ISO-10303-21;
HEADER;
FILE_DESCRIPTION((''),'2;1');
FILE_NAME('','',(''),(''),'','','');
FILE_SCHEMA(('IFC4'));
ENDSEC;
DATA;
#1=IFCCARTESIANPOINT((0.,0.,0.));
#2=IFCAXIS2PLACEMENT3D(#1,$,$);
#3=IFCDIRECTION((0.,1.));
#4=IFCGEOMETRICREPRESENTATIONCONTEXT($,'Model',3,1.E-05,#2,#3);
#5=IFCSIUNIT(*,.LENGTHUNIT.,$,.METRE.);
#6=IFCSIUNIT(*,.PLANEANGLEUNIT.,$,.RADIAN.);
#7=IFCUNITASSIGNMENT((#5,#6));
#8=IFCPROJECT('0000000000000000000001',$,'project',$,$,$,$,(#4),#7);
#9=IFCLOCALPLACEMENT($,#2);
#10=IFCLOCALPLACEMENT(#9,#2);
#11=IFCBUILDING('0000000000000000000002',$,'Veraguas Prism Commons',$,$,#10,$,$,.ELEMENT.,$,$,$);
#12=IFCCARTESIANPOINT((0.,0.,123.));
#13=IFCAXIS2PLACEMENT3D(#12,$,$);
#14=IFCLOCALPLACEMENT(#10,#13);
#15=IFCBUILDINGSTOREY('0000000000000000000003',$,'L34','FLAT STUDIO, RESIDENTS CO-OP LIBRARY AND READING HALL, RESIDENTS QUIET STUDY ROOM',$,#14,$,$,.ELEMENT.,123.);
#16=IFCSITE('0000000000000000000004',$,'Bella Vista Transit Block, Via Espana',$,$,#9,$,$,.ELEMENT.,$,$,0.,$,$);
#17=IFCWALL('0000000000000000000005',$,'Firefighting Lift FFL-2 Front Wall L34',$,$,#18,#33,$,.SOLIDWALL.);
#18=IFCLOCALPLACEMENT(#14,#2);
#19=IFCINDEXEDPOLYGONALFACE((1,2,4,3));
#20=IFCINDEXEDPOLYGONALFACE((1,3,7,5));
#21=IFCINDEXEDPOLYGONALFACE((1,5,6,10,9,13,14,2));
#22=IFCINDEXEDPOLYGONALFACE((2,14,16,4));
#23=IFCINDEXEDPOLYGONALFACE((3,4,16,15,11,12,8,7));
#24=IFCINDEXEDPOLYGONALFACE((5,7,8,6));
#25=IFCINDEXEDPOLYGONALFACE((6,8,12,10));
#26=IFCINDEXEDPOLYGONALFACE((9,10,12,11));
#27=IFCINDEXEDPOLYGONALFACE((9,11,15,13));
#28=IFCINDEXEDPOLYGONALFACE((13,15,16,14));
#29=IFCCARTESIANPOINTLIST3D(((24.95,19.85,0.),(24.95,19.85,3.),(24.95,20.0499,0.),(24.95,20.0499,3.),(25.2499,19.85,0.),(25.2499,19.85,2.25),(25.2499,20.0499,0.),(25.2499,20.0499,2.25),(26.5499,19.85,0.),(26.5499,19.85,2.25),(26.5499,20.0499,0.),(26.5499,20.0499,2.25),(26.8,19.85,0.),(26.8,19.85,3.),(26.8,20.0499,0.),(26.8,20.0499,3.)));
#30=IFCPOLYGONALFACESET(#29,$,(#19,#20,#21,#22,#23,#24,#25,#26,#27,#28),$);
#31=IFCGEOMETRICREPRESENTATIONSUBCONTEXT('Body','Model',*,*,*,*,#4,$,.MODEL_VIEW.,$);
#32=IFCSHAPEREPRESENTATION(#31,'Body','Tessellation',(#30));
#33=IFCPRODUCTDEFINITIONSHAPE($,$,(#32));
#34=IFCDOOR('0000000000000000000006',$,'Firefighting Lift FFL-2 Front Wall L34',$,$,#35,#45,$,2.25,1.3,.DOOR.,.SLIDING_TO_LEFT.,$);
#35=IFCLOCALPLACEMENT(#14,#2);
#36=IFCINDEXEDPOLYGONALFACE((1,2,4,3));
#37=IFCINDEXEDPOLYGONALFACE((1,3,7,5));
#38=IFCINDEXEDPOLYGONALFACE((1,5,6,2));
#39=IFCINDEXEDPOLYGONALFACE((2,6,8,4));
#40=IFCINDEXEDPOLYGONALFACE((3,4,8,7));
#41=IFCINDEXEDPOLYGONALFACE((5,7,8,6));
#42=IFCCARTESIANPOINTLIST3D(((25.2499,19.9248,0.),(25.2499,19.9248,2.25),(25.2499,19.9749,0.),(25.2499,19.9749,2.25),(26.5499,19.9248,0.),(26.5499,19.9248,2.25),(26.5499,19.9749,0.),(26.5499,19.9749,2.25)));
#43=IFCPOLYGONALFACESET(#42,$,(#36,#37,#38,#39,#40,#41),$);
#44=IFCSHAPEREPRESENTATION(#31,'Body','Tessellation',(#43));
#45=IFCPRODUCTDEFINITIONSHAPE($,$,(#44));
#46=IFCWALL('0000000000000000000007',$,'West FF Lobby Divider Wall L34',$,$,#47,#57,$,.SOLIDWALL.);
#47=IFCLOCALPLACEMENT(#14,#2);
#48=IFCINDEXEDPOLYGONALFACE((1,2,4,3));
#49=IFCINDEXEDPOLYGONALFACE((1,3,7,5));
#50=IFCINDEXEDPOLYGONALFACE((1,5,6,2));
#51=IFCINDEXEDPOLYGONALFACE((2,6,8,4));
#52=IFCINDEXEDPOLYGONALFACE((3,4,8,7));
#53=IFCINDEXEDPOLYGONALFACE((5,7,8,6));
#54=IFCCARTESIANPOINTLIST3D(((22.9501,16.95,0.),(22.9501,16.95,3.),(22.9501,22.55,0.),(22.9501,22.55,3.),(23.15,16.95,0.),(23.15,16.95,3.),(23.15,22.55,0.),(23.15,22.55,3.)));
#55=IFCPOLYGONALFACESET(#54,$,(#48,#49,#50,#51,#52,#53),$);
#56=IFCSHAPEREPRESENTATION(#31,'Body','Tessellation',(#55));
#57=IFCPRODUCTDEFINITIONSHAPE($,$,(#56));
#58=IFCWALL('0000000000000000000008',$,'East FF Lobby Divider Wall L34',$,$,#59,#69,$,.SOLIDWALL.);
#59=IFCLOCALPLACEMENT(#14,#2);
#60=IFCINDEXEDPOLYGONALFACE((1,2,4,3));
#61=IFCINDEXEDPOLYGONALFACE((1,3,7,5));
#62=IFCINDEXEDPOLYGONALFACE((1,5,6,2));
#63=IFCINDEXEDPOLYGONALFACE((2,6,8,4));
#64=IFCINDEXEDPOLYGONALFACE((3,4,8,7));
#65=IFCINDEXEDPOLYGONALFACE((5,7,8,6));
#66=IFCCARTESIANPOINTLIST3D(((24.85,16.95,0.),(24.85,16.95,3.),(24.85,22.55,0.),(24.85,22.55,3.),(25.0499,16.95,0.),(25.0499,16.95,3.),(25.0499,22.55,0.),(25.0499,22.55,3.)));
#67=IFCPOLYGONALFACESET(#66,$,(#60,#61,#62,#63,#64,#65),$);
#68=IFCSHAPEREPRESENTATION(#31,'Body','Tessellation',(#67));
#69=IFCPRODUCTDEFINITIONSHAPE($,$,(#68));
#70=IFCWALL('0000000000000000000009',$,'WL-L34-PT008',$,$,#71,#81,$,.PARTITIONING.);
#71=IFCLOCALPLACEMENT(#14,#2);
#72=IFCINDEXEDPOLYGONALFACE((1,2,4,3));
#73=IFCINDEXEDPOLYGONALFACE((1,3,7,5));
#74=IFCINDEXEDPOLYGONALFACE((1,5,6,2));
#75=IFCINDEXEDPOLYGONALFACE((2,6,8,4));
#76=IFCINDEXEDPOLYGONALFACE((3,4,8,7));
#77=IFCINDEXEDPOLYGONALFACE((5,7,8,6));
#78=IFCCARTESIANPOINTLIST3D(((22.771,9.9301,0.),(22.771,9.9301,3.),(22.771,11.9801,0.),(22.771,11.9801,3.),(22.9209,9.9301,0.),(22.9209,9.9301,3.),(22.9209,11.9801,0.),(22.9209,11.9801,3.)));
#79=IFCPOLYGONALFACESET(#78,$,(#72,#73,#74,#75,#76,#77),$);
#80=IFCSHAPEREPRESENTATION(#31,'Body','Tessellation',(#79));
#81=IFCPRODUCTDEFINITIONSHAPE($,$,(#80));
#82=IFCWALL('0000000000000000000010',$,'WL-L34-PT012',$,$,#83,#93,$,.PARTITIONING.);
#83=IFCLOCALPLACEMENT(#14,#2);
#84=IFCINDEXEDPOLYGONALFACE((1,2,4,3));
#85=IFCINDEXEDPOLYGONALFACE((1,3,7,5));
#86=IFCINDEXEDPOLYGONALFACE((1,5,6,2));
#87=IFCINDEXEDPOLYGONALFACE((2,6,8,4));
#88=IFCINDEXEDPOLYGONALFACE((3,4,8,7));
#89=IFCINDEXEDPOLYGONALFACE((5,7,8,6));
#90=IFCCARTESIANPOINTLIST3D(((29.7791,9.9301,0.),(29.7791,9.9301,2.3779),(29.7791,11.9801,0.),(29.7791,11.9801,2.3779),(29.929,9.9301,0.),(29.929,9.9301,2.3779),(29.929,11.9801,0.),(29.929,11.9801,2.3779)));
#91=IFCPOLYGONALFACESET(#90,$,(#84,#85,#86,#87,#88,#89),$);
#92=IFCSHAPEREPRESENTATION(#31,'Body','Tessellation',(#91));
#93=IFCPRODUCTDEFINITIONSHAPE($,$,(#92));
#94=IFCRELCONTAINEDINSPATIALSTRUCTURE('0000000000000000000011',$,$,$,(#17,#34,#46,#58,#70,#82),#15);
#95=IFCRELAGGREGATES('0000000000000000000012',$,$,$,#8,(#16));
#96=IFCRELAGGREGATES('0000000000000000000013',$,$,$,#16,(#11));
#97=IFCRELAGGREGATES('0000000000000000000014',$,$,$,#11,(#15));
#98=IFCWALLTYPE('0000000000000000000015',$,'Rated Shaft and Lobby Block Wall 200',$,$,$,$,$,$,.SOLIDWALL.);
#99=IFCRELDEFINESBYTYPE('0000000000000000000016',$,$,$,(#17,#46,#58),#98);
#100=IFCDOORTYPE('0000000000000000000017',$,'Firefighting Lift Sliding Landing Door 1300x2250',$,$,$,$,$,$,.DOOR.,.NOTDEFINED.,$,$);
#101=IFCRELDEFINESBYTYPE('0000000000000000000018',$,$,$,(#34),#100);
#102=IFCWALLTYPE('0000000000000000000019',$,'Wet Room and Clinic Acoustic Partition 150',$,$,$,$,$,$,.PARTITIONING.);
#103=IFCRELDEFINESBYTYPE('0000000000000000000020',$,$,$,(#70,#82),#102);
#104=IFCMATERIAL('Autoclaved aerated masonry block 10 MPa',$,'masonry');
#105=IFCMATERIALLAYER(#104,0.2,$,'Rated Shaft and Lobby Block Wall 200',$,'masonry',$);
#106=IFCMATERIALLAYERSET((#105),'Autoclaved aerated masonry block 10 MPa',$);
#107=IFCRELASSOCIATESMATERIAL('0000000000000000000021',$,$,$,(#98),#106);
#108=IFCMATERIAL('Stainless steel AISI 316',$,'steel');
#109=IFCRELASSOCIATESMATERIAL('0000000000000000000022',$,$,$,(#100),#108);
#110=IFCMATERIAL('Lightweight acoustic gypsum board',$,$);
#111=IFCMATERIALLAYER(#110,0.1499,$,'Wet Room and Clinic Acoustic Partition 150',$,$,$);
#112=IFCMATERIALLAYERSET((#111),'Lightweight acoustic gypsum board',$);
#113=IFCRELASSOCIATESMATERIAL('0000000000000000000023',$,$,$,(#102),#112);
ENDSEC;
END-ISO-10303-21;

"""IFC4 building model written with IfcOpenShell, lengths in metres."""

from ifc_helpers import new_model, si_unit, direction, frame, frame_2d, origin, place, context, subcontext, project, spatial, rectangle, extrude, source, transform, mapped, material, layer, layer_set, type_object, element, fill, save


model = new_model("IFC4")

# Units and contexts
model_context = context("Model", 3, precision=1e-05, world=origin(), true_north=direction((0.0, 1.0)))
body_context = subcontext(model_context, "Body", "Model", "MODEL_VIEW")
ifc_project = project(units=[si_unit("LENGTHUNIT", "METRE"), si_unit("PLANEANGLEUNIT", "RADIAN")], contexts=[model_context])

# Site, building, storey
site_placement = place(None, origin())
site = spatial("IfcSite", under=ifc_project, at=site_placement, Name="Bella Vista Transit Block, Via Espana", CompositionType="ELEMENT", RefElevation=0.0)
building_placement = place(site_placement, origin())
building = spatial("IfcBuilding", under=site, at=building_placement, Name="Veraguas Prism Commons", CompositionType="ELEMENT")
storey_placement = place(building_placement, frame((0.0, 0.0, 123.0)))
storey = spatial("IfcBuildingStorey", under=building, at=storey_placement, Name="L34", Description="FLAT STUDIO, RESIDENTS CO-OP LIBRARY AND READING HALL, RESIDENTS QUIET STUDY ROOM", CompositionType="ELEMENT", Elevation=123.0)

# Shared definitions
ifc_material_1 = material(Name="Autoclaved aerated masonry block 10 MPa", Category="masonry")

# Wall, opening, door
ifc_material_2 = material(Name="Lightweight acoustic gypsum board")
ifc_layer_1 = layer(ifc_material_1, 0.2, Name="Rated Shaft and Lobby Block Wall 200", Category="masonry")
ifc_layer_set_1 = layer_set([ifc_layer_1], Name="Autoclaved aerated masonry block 10 MPa")
wall_type_1 = type_object("IfcWallType", Name="Rated Shaft and Lobby Block Wall 200", PredefinedType="SOLIDWALL", material=ifc_layer_set_1)
ifc_material_3 = material(Name="Stainless steel AISI 316", Category="steel")
door_type_1 = type_object("IfcDoorType", Name="Firefighting Lift Sliding Landing Door 1300x2250", OperationType="NOTDEFINED", PredefinedType="DOOR", material=ifc_material_3)
shared_shape_1 = source(origin(), body_context, "Body", "SweptSolid", [
    extrude(rectangle(XDim=1.3, YDim=2.25, at=frame_2d((0.6499, 1.125))), frame((0.0, 0.0249, 0.0), z_axis=(0.0, -1.0, 0.0), x_axis=(1.0, 0.0, 0.0)), (0.0, 0.0, 1.0), 0.05),
])
wall_1_placement = place(storey_placement, frame((24.95, 19.95, 0.0), z_axis=(0.0, 0.0, 1.0), x_axis=(1.0, 0.0, 0.0)))
wall_1 = element("IfcWall", 1, at=wall_1_placement, inside=storey, type_object=wall_type_1, Name="Firefighting Lift FFL-2 Front Wall L34", PredefinedType="SOLIDWALL", context=body_context, shape_type="SweptSolid", body=[
    extrude(rectangle(XDim=1.8501, YDim=0.2, at=frame_2d((0.925, 0.0))), origin(), (0.0, 0.0, 1.0), 3.0),
])
opening_1_placement = place(wall_1_placement, frame((0.3, 0.0, 0.0)))
opening_1 = element("IfcOpeningElement", 2, at=opening_1_placement, cuts=wall_1, PredefinedType="OPENING", context=body_context, shape_type="SweptSolid", body=[
    extrude(rectangle(XDim=1.3, YDim=2.25, at=frame_2d((0.6499, 1.125))), frame((0.0, 0.1099, 0.0), z_axis=(0.0, -1.0, 0.0), x_axis=(1.0, 0.0, 0.0)), (0.0, 0.0, 1.0), 0.22),
])
door_1_placement = place(opening_1_placement, origin())
door_1 = element("IfcDoor", 3, at=door_1_placement, inside=storey, type_object=door_type_1, Name="Firefighting Lift FFL-2 Front Wall L34", OperationType="SLIDING_TO_LEFT", OverallHeight=2.25, OverallWidth=1.3, PredefinedType="DOOR", context=body_context, shape_type="MappedRepresentation", body=[
    mapped(shared_shape_1, transform((0.0, 0.0, 0.0), scale=1.0)),
])
fill(opening_1, door_1)

# Walls
for number, where, z_axis, x_axis, name in (
    (4, (23.05, 16.95, 0.0), (0.0, 0.0, 1.0), (0.0, 1.0, 0.0), "West FF Lobby Divider Wall L34"),
    (5, (24.95, 16.95, 0.0), (0.0, 0.0, 1.0), (0.0, 1.0, 0.0), "East FF Lobby Divider Wall L34"),
):
    element("IfcWall", number, at=place(storey_placement, frame(where, z_axis=z_axis, x_axis=x_axis)), inside=storey, type_object=wall_type_1, Name=name, PredefinedType="SOLIDWALL", context=body_context, shape_type="SweptSolid", body=[
        extrude(rectangle(XDim=5.6001, YDim=0.2, at=frame_2d((2.8, 0.0))), origin(), (0.0, 0.0, 1.0), 3.0),
    ])
ifc_layer_2 = layer(ifc_material_2, 0.1499, Name="Wet Room and Clinic Acoustic Partition 150")
ifc_layer_set_2 = layer_set([ifc_layer_2], Name="Lightweight acoustic gypsum board")
wall_type_2 = type_object("IfcWallType", Name="Wet Room and Clinic Acoustic Partition 150", PredefinedType="PARTITIONING", material=ifc_layer_set_2)
wall_2_placement = place(storey_placement, frame((22.8459, 11.98, 0.0), z_axis=(0.0, 0.0, 1.0), x_axis=(0.0, -1.0, 0.0)))
element("IfcWall", 6, at=wall_2_placement, inside=storey, type_object=wall_type_2, Name="WL-L34-PT008", PredefinedType="PARTITIONING", context=body_context, shape_type="SweptSolid", body=[
    extrude(rectangle(XDim=2.05, YDim=0.1499, at=frame_2d((1.0249, 0.0))), origin(), (0.0, 0.0, 1.0), 3.0),
])
wall_3_placement = place(storey_placement, frame((29.854, 11.98, 0.0), z_axis=(0.0, 0.0, 1.0), x_axis=(0.0, -1.0, 0.0)))
element("IfcWall", 7, at=wall_3_placement, inside=storey, type_object=wall_type_2, Name="WL-L34-PT012", PredefinedType="PARTITIONING", context=body_context, shape_type="SweptSolid", body=[
    extrude(rectangle(XDim=2.05, YDim=0.1499, at=frame_2d((1.0249, 0.0))), origin(), (0.0, 0.0, 1.0), 2.3779),
])

save(model, "model.ifc")
